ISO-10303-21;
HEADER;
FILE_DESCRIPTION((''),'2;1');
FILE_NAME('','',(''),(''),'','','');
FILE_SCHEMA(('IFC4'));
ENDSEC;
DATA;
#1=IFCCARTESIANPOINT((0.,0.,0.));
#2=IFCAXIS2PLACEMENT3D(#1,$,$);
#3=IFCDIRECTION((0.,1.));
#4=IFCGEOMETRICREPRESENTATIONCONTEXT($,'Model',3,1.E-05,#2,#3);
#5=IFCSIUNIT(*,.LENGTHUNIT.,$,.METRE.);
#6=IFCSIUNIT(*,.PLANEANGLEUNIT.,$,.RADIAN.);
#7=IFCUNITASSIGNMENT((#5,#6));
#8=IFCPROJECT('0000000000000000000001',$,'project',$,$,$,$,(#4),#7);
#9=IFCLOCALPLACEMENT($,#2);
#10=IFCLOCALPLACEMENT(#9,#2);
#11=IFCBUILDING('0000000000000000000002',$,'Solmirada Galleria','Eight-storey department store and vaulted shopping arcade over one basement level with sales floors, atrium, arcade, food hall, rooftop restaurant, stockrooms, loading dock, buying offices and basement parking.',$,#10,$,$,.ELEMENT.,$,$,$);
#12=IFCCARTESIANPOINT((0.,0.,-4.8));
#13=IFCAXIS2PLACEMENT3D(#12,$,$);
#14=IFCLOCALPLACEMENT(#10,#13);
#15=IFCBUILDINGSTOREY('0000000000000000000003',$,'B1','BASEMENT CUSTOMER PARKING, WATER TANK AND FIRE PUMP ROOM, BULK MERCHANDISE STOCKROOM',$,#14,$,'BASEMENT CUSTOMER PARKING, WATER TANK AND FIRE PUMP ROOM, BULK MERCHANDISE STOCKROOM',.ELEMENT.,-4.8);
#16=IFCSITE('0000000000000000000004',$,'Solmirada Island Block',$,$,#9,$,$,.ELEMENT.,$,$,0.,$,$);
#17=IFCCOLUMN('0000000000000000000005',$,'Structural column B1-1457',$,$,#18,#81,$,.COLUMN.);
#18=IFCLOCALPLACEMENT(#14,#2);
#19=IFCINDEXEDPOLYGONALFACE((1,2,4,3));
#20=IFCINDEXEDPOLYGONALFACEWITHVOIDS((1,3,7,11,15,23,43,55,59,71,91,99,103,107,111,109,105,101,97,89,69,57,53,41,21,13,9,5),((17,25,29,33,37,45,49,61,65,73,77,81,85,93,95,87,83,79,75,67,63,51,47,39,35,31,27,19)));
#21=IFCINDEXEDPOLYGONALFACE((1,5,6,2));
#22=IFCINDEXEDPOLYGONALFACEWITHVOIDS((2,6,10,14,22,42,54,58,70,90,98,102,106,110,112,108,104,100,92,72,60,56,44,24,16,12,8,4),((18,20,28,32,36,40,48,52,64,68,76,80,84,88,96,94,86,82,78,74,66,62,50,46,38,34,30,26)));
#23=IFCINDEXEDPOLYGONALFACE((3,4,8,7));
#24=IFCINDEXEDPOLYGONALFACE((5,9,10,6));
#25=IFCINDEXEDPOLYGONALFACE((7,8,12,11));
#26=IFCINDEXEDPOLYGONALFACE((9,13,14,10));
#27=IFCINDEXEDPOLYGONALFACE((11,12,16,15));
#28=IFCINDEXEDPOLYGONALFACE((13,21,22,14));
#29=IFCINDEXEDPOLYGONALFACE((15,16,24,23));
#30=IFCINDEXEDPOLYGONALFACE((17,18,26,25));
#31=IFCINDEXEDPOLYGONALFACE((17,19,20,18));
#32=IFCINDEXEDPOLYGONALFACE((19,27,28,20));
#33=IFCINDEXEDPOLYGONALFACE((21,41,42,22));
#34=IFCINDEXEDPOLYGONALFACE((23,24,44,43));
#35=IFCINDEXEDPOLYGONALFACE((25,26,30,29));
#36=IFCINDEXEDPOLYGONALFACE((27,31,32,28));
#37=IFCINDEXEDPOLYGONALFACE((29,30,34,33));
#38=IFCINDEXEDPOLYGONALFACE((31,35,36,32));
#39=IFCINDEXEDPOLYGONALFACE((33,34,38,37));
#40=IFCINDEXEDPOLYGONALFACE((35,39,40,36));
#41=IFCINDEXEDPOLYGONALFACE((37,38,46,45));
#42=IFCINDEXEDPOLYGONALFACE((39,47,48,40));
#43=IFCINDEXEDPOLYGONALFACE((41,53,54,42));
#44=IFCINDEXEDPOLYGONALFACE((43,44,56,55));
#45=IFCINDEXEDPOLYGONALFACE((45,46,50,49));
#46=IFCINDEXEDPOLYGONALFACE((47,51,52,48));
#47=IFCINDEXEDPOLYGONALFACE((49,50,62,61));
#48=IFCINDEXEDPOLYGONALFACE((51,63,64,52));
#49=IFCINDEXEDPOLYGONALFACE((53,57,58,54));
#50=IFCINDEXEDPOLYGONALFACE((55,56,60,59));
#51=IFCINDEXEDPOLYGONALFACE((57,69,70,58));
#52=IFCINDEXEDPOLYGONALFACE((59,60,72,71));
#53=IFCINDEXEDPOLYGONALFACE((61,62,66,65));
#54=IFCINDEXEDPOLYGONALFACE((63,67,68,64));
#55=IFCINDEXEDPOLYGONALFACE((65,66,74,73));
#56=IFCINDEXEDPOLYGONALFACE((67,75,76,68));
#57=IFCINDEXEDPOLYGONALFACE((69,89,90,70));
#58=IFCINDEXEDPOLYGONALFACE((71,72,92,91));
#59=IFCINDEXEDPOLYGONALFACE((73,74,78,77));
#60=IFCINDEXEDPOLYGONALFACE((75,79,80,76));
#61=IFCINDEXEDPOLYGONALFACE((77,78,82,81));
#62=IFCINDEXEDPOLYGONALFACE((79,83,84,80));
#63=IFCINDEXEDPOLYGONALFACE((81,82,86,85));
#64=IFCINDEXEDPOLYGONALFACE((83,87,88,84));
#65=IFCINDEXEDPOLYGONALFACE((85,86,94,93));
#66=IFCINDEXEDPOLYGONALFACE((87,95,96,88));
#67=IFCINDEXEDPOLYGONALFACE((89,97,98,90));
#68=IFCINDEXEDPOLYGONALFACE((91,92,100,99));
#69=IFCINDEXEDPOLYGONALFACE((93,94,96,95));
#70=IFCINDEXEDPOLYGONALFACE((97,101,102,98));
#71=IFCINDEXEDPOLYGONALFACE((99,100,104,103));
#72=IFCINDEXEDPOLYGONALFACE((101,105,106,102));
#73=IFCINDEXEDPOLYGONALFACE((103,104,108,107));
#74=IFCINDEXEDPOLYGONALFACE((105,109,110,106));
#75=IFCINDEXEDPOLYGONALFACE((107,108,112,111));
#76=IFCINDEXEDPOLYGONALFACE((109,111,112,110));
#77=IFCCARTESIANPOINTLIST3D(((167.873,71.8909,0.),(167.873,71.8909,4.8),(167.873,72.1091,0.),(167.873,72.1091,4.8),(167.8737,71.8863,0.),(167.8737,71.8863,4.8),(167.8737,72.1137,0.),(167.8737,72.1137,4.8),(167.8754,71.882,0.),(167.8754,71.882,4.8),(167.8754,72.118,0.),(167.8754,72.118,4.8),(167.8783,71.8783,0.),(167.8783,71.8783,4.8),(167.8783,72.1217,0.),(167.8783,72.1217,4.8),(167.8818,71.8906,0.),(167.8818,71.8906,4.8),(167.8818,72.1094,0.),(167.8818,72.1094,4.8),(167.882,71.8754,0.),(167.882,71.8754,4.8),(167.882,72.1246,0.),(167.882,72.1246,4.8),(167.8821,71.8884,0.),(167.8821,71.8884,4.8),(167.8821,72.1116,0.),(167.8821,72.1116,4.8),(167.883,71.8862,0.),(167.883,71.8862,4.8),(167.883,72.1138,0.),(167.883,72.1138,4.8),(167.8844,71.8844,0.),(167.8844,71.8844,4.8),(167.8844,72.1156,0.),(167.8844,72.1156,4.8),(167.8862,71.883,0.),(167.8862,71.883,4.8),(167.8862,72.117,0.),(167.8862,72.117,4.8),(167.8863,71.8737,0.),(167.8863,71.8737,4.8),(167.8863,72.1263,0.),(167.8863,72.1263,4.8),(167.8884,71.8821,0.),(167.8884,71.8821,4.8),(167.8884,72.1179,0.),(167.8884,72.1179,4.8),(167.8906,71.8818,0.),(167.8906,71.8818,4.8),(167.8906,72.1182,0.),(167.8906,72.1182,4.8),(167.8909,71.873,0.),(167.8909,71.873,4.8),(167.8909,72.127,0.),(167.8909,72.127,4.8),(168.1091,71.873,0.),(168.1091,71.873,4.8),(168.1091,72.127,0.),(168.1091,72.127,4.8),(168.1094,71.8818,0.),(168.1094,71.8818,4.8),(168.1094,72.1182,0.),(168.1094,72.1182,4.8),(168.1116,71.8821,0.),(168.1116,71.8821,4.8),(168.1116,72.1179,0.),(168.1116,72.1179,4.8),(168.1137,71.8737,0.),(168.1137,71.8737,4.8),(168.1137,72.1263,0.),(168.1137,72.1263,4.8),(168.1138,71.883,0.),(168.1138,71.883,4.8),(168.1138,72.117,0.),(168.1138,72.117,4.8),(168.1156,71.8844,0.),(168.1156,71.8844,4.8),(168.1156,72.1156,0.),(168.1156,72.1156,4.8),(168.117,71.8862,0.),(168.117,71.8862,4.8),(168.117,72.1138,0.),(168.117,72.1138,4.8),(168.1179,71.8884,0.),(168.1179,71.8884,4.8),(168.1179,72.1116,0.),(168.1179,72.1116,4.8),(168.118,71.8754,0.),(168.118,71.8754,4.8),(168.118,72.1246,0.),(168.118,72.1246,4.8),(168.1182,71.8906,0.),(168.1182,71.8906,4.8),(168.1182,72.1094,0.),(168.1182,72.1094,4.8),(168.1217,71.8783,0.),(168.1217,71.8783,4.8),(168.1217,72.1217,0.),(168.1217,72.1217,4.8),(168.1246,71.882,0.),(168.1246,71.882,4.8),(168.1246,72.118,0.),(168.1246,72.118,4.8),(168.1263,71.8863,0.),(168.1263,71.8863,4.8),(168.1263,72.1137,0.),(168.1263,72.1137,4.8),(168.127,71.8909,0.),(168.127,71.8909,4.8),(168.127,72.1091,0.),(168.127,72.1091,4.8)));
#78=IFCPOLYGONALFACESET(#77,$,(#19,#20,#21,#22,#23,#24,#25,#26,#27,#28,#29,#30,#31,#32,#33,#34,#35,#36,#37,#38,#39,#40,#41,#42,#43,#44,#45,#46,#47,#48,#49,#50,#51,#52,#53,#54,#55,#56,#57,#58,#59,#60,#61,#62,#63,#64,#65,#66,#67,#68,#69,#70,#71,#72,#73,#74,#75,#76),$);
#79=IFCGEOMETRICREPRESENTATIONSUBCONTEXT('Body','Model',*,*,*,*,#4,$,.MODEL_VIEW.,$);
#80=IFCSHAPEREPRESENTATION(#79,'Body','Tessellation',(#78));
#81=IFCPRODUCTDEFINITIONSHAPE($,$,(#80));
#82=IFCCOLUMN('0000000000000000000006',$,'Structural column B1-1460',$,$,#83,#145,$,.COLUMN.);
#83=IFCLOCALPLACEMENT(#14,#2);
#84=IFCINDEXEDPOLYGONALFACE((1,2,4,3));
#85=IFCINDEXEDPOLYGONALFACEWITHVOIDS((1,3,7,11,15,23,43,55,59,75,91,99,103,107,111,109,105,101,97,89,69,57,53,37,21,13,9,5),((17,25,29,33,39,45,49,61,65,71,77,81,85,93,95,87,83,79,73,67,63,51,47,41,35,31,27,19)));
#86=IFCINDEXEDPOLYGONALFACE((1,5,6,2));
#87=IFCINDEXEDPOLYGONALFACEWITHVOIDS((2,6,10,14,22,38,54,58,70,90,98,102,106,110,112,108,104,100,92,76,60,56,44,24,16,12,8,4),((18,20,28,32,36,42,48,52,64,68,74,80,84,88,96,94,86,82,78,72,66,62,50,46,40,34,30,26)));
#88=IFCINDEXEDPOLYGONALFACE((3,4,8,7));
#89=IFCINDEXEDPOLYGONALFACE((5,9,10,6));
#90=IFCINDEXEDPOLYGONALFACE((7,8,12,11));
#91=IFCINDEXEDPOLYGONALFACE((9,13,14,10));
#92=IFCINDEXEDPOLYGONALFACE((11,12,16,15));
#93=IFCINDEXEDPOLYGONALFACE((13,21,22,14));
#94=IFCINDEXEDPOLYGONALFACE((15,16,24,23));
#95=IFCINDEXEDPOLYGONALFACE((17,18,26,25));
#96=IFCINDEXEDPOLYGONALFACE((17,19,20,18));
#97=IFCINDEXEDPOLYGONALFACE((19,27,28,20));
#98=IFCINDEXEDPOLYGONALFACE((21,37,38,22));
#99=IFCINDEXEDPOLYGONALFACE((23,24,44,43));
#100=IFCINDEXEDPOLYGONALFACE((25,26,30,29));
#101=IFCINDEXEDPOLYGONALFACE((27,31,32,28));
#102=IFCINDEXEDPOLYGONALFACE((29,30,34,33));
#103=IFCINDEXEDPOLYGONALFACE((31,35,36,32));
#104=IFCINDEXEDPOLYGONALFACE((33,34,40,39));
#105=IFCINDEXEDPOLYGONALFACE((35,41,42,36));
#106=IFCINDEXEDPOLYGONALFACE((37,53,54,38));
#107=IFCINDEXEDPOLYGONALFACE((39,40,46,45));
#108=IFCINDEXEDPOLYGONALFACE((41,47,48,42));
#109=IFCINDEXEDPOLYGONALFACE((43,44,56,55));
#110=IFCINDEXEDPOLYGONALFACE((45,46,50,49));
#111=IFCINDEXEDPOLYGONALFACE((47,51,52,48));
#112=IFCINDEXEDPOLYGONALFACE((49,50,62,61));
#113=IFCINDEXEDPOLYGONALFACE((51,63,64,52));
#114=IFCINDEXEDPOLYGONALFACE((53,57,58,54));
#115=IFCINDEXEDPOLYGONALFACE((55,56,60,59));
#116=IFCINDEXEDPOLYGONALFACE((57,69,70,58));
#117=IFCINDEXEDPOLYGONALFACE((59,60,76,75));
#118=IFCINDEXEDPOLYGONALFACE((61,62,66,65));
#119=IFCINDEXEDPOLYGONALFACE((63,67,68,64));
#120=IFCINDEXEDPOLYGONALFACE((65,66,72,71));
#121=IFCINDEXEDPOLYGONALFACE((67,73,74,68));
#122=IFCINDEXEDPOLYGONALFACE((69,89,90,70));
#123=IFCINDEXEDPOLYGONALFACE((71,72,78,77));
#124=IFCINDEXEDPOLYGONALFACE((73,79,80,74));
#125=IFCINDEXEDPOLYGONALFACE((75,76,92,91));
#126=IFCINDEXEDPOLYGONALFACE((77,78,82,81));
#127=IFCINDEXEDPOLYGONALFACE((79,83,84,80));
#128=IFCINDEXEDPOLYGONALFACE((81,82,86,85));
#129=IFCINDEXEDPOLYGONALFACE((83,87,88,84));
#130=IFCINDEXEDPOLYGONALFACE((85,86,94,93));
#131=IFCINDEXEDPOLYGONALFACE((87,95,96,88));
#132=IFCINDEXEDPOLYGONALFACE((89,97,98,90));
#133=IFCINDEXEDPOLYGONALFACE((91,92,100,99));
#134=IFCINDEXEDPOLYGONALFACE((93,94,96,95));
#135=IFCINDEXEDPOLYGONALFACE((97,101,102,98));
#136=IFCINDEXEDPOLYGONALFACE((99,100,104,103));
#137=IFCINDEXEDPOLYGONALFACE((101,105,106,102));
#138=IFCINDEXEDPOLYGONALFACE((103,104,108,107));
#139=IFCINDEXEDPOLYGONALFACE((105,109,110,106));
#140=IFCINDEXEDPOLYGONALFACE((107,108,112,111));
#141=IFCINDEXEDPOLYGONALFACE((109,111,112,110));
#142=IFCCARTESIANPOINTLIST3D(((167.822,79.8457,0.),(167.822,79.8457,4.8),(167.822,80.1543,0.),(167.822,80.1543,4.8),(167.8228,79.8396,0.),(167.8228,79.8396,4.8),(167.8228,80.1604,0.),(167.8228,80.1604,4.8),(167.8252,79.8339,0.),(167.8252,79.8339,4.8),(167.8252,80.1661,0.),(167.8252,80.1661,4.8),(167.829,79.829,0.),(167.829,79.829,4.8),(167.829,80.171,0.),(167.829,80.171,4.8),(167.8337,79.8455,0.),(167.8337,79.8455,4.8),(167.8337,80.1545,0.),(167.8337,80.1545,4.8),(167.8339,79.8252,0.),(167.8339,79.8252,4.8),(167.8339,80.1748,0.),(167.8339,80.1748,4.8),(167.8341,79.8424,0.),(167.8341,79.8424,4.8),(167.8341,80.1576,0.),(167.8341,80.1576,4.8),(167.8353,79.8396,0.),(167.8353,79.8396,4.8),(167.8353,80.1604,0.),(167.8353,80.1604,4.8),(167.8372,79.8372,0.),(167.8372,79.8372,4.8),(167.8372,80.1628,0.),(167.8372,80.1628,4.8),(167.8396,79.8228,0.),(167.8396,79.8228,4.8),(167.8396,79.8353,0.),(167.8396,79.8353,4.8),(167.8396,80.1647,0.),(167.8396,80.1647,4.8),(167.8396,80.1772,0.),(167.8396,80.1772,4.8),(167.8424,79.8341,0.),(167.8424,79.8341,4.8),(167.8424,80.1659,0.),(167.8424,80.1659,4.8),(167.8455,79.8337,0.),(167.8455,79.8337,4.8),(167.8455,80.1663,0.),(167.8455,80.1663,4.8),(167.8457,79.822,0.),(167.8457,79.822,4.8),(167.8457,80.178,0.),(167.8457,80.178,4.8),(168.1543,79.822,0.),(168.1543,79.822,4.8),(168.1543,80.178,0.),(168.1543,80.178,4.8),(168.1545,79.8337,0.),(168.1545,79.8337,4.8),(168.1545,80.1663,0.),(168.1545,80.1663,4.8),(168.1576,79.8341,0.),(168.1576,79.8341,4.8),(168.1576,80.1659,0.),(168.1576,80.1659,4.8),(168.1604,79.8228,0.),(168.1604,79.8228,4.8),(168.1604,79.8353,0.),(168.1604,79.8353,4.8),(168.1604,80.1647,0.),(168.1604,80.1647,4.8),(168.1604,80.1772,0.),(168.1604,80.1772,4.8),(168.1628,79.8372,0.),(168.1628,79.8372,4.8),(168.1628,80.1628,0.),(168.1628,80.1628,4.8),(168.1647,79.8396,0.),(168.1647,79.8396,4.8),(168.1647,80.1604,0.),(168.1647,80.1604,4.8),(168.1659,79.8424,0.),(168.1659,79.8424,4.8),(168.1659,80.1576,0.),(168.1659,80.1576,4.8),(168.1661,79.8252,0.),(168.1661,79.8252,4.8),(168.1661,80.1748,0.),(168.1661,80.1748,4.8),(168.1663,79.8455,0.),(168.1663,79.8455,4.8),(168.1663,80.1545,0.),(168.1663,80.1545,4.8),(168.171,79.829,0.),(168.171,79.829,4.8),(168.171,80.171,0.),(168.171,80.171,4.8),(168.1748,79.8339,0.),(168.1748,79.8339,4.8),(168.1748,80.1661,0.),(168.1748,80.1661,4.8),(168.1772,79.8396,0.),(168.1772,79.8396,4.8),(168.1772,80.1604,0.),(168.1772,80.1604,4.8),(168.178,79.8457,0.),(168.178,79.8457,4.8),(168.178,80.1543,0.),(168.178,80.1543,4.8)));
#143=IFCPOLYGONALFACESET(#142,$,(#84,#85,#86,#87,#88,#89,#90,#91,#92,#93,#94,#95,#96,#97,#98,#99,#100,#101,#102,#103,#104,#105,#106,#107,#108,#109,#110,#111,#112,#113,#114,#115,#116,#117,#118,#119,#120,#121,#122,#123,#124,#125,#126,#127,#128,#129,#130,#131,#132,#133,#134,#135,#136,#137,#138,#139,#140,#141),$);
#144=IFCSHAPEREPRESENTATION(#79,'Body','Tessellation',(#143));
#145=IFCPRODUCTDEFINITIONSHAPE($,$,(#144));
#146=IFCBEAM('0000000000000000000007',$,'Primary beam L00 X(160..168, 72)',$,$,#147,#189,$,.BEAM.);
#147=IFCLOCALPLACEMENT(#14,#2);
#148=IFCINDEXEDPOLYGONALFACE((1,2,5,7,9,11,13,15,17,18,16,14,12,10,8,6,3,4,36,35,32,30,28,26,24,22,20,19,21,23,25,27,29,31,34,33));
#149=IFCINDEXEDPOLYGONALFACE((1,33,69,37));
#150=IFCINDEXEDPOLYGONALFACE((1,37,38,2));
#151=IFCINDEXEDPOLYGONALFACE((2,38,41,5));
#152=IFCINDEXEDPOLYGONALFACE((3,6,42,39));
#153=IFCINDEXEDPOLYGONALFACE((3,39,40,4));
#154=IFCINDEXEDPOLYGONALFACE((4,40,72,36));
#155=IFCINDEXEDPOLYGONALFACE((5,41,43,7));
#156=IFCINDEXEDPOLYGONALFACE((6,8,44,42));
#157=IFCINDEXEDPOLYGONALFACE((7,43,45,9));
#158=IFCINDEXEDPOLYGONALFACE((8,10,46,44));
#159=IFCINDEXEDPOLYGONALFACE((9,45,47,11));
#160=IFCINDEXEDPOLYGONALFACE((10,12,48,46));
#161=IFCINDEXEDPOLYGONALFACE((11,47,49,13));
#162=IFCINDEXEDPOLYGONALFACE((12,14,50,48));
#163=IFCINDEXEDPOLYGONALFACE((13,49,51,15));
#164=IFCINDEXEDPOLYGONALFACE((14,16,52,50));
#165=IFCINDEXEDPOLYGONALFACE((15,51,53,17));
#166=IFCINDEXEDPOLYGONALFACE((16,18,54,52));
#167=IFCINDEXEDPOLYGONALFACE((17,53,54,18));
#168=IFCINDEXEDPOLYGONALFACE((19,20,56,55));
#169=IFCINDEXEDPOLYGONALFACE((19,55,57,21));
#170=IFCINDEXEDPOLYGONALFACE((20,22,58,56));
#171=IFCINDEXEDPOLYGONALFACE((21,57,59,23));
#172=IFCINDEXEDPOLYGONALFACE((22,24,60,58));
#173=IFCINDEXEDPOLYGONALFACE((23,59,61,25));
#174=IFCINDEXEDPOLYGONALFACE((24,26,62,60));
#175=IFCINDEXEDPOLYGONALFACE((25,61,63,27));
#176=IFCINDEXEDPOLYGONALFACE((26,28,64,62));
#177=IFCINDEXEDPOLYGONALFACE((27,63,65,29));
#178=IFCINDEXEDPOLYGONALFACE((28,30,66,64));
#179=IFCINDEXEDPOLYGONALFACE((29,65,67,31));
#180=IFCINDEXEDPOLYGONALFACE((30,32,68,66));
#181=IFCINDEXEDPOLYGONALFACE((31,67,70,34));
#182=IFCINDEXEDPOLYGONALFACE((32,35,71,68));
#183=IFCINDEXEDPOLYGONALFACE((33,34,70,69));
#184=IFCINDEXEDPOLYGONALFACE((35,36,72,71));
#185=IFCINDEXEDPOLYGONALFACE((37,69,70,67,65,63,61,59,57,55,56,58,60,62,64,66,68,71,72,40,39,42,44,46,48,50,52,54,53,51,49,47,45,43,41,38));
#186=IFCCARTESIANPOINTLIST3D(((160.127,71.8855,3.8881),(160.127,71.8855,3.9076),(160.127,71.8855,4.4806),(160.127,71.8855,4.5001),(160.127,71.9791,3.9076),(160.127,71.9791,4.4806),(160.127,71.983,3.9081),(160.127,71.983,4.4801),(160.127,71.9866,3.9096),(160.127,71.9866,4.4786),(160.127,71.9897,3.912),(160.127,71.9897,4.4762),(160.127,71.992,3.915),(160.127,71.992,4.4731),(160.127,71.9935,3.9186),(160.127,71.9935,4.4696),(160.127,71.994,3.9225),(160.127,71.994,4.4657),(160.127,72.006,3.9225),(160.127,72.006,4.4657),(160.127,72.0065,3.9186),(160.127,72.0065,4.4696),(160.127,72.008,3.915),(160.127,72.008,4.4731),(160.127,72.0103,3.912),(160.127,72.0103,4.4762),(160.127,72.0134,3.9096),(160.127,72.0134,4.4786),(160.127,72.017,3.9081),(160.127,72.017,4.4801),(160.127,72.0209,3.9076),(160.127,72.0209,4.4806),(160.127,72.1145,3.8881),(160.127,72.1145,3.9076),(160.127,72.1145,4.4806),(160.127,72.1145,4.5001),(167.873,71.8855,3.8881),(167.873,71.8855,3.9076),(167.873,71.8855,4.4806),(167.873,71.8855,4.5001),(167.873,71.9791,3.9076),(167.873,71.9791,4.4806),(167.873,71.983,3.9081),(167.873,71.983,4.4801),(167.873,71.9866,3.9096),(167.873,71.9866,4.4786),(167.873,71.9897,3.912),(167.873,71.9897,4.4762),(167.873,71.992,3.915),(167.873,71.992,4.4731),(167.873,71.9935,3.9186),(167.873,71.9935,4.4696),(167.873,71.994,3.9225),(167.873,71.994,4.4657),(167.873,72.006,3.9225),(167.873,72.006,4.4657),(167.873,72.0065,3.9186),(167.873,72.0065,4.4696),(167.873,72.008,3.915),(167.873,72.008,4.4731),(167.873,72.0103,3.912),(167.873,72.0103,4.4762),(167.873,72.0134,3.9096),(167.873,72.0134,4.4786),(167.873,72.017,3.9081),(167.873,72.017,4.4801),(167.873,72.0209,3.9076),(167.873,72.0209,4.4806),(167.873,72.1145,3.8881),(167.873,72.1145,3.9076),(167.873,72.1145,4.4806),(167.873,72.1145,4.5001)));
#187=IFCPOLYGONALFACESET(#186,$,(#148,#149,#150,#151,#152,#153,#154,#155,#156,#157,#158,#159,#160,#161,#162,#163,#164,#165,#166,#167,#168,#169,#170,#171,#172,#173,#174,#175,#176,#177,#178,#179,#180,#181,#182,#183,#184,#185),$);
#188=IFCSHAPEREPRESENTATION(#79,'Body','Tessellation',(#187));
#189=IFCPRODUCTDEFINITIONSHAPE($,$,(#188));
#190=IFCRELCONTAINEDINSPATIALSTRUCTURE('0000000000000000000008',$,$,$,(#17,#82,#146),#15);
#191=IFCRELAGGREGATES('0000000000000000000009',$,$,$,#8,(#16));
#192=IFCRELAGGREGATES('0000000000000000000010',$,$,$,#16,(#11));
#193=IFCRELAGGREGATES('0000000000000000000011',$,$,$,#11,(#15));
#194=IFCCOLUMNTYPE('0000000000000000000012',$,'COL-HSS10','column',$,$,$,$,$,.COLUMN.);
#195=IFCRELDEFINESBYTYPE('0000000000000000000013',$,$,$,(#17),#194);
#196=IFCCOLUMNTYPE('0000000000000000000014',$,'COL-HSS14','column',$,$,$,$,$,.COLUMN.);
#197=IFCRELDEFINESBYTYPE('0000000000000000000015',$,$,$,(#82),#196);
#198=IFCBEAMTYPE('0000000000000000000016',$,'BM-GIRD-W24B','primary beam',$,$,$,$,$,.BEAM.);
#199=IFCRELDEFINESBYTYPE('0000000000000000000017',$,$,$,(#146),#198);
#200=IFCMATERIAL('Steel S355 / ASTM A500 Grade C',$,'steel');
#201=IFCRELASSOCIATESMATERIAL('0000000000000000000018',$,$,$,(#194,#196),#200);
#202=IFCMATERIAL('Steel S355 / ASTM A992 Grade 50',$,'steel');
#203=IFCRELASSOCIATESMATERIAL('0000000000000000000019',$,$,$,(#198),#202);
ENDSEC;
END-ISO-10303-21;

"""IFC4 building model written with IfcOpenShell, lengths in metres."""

from ifc_helpers import new_model, si_unit, direction, frame, origin, origin_2d, place, context, subcontext, project, spatial, hollow_rectangle, i_section, extrude, material, material_profile, profile_set, type_object, element, save


model = new_model("IFC4")

# Units and contexts
model_context = context("Model", 3, precision=1e-05, world=origin(), true_north=direction((0.0, 1.0)))
body_context = subcontext(model_context, "Body", "Model", "MODEL_VIEW")
ifc_project = project(units=[si_unit("LENGTHUNIT", "METRE"), si_unit("PLANEANGLEUNIT", "RADIAN")], contexts=[model_context])

# Site, building, storey
site_placement = place(None, origin())
site = spatial("IfcSite", under=ifc_project, at=site_placement, Name="Solmirada Island Block", CompositionType="ELEMENT", RefElevation=0.0)
building_placement = place(site_placement, origin())
building = spatial("IfcBuilding", under=site, at=building_placement, Name="Solmirada Galleria", Description="Eight-storey department store and vaulted shopping arcade over one basement level with sales floors, atrium, arcade, food hall, rooftop restaurant, stockrooms, loading dock, buying offices and basement parking.", CompositionType="ELEMENT")
storey_placement = place(building_placement, frame((0.0, 0.0, -4.8)))
storey = spatial("IfcBuildingStorey", under=building, at=storey_placement, Name="B1", Description="BASEMENT CUSTOMER PARKING, WATER TANK AND FIRE PUMP ROOM, BULK MERCHANDISE STOCKROOM", LongName="BASEMENT CUSTOMER PARKING, WATER TANK AND FIRE PUMP ROOM, BULK MERCHANDISE STOCKROOM", CompositionType="ELEMENT", Elevation=-4.8)

# Columns
ifc_material_1 = material(Name="Steel S355 / ASTM A500 Grade C", Category="steel")
ifc_material_profile_1 = material_profile(ifc_material_1, hollow_rectangle(XDim=0.2539, YDim=0.2539, WallThickness=0.0088, InnerFilletRadius=0.0088, OuterFilletRadius=0.0178, at=origin_2d()), Name="HSS10X10X3/8")
ifc_profile_set_1 = profile_set([ifc_material_profile_1], Name="Steel S355 / ASTM A500 Grade C")
column_type_1 = type_object("IfcColumnType", Name="COL-HSS10", Description="column", PredefinedType="COLUMN", material=ifc_profile_set_1)
column_1_placement = place(storey_placement, frame((168.0, 72.0, 0.0), z_axis=(0.0, 0.0, 1.0), x_axis=(1.0, 0.0, 0.0)))
element("IfcColumn", 1, at=column_1_placement, inside=storey, type_object=column_type_1, Name="Structural column B1-1457", PredefinedType="COLUMN", context=body_context, shape_type="SweptSolid", body=[
    extrude(hollow_rectangle(XDim=0.2539, YDim=0.2539, WallThickness=0.0088, InnerFilletRadius=0.0088, OuterFilletRadius=0.0178, at=origin_2d()), origin(), (0.0, 0.0, 1.0), 4.8),
])
ifc_material_profile_2 = material_profile(ifc_material_1, hollow_rectangle(XDim=0.356, YDim=0.356, WallThickness=0.0117, InnerFilletRadius=0.0117, OuterFilletRadius=0.0237, at=origin_2d()), Name="HSS14X14X1/2")
ifc_profile_set_2 = profile_set([ifc_material_profile_2], Name="Steel S355 / ASTM A500 Grade C")
column_type_2 = type_object("IfcColumnType", Name="COL-HSS14", Description="column", PredefinedType="COLUMN", material=ifc_profile_set_2)
column_2_placement = place(storey_placement, frame((168.0, 80.0, 0.0), z_axis=(0.0, 0.0, 1.0), x_axis=(1.0, 0.0, 0.0)))
element("IfcColumn", 2, at=column_2_placement, inside=storey, type_object=column_type_2, Name="Structural column B1-1460", PredefinedType="COLUMN", context=body_context, shape_type="SweptSolid", body=[
    extrude(hollow_rectangle(XDim=0.356, YDim=0.356, WallThickness=0.0117, InnerFilletRadius=0.0117, OuterFilletRadius=0.0237, at=origin_2d()), origin(), (0.0, 0.0, 1.0), 4.8),
])

# Beam
ifc_material_2 = material(Name="Steel S355 / ASTM A992 Grade 50", Category="steel")
ifc_material_profile_3 = material_profile(ifc_material_2, i_section(OverallWidth=0.229, OverallDepth=0.6121, WebThickness=0.012, FlangeThickness=0.0195, FilletRadius=0.0149, at=origin_2d()), Name="W24X84")
ifc_profile_set_3 = profile_set([ifc_material_profile_3], Name="Steel S355 / ASTM A992 Grade 50")
beam_type_1 = type_object("IfcBeamType", Name="BM-GIRD-W24B", Description="primary beam", PredefinedType="BEAM", material=ifc_profile_set_3)
beam_1_placement = place(storey_placement, frame((160.127, 72.0, 4.1941), z_axis=(1.0, 0.0, 0.0), x_axis=(0.0, 1.0, 0.0)))
element("IfcBeam", 3, at=beam_1_placement, inside=storey, type_object=beam_type_1, Name="Primary beam L00 X(160..168, 72)", PredefinedType="BEAM", context=body_context, shape_type="SweptSolid", body=[
    extrude(i_section(OverallWidth=0.229, OverallDepth=0.6121, WebThickness=0.012, FlangeThickness=0.0195, FilletRadius=0.0149, at=origin_2d()), origin(), (0.0, 0.0, 1.0), 7.7461),
])

save(model, "model.ifc")
